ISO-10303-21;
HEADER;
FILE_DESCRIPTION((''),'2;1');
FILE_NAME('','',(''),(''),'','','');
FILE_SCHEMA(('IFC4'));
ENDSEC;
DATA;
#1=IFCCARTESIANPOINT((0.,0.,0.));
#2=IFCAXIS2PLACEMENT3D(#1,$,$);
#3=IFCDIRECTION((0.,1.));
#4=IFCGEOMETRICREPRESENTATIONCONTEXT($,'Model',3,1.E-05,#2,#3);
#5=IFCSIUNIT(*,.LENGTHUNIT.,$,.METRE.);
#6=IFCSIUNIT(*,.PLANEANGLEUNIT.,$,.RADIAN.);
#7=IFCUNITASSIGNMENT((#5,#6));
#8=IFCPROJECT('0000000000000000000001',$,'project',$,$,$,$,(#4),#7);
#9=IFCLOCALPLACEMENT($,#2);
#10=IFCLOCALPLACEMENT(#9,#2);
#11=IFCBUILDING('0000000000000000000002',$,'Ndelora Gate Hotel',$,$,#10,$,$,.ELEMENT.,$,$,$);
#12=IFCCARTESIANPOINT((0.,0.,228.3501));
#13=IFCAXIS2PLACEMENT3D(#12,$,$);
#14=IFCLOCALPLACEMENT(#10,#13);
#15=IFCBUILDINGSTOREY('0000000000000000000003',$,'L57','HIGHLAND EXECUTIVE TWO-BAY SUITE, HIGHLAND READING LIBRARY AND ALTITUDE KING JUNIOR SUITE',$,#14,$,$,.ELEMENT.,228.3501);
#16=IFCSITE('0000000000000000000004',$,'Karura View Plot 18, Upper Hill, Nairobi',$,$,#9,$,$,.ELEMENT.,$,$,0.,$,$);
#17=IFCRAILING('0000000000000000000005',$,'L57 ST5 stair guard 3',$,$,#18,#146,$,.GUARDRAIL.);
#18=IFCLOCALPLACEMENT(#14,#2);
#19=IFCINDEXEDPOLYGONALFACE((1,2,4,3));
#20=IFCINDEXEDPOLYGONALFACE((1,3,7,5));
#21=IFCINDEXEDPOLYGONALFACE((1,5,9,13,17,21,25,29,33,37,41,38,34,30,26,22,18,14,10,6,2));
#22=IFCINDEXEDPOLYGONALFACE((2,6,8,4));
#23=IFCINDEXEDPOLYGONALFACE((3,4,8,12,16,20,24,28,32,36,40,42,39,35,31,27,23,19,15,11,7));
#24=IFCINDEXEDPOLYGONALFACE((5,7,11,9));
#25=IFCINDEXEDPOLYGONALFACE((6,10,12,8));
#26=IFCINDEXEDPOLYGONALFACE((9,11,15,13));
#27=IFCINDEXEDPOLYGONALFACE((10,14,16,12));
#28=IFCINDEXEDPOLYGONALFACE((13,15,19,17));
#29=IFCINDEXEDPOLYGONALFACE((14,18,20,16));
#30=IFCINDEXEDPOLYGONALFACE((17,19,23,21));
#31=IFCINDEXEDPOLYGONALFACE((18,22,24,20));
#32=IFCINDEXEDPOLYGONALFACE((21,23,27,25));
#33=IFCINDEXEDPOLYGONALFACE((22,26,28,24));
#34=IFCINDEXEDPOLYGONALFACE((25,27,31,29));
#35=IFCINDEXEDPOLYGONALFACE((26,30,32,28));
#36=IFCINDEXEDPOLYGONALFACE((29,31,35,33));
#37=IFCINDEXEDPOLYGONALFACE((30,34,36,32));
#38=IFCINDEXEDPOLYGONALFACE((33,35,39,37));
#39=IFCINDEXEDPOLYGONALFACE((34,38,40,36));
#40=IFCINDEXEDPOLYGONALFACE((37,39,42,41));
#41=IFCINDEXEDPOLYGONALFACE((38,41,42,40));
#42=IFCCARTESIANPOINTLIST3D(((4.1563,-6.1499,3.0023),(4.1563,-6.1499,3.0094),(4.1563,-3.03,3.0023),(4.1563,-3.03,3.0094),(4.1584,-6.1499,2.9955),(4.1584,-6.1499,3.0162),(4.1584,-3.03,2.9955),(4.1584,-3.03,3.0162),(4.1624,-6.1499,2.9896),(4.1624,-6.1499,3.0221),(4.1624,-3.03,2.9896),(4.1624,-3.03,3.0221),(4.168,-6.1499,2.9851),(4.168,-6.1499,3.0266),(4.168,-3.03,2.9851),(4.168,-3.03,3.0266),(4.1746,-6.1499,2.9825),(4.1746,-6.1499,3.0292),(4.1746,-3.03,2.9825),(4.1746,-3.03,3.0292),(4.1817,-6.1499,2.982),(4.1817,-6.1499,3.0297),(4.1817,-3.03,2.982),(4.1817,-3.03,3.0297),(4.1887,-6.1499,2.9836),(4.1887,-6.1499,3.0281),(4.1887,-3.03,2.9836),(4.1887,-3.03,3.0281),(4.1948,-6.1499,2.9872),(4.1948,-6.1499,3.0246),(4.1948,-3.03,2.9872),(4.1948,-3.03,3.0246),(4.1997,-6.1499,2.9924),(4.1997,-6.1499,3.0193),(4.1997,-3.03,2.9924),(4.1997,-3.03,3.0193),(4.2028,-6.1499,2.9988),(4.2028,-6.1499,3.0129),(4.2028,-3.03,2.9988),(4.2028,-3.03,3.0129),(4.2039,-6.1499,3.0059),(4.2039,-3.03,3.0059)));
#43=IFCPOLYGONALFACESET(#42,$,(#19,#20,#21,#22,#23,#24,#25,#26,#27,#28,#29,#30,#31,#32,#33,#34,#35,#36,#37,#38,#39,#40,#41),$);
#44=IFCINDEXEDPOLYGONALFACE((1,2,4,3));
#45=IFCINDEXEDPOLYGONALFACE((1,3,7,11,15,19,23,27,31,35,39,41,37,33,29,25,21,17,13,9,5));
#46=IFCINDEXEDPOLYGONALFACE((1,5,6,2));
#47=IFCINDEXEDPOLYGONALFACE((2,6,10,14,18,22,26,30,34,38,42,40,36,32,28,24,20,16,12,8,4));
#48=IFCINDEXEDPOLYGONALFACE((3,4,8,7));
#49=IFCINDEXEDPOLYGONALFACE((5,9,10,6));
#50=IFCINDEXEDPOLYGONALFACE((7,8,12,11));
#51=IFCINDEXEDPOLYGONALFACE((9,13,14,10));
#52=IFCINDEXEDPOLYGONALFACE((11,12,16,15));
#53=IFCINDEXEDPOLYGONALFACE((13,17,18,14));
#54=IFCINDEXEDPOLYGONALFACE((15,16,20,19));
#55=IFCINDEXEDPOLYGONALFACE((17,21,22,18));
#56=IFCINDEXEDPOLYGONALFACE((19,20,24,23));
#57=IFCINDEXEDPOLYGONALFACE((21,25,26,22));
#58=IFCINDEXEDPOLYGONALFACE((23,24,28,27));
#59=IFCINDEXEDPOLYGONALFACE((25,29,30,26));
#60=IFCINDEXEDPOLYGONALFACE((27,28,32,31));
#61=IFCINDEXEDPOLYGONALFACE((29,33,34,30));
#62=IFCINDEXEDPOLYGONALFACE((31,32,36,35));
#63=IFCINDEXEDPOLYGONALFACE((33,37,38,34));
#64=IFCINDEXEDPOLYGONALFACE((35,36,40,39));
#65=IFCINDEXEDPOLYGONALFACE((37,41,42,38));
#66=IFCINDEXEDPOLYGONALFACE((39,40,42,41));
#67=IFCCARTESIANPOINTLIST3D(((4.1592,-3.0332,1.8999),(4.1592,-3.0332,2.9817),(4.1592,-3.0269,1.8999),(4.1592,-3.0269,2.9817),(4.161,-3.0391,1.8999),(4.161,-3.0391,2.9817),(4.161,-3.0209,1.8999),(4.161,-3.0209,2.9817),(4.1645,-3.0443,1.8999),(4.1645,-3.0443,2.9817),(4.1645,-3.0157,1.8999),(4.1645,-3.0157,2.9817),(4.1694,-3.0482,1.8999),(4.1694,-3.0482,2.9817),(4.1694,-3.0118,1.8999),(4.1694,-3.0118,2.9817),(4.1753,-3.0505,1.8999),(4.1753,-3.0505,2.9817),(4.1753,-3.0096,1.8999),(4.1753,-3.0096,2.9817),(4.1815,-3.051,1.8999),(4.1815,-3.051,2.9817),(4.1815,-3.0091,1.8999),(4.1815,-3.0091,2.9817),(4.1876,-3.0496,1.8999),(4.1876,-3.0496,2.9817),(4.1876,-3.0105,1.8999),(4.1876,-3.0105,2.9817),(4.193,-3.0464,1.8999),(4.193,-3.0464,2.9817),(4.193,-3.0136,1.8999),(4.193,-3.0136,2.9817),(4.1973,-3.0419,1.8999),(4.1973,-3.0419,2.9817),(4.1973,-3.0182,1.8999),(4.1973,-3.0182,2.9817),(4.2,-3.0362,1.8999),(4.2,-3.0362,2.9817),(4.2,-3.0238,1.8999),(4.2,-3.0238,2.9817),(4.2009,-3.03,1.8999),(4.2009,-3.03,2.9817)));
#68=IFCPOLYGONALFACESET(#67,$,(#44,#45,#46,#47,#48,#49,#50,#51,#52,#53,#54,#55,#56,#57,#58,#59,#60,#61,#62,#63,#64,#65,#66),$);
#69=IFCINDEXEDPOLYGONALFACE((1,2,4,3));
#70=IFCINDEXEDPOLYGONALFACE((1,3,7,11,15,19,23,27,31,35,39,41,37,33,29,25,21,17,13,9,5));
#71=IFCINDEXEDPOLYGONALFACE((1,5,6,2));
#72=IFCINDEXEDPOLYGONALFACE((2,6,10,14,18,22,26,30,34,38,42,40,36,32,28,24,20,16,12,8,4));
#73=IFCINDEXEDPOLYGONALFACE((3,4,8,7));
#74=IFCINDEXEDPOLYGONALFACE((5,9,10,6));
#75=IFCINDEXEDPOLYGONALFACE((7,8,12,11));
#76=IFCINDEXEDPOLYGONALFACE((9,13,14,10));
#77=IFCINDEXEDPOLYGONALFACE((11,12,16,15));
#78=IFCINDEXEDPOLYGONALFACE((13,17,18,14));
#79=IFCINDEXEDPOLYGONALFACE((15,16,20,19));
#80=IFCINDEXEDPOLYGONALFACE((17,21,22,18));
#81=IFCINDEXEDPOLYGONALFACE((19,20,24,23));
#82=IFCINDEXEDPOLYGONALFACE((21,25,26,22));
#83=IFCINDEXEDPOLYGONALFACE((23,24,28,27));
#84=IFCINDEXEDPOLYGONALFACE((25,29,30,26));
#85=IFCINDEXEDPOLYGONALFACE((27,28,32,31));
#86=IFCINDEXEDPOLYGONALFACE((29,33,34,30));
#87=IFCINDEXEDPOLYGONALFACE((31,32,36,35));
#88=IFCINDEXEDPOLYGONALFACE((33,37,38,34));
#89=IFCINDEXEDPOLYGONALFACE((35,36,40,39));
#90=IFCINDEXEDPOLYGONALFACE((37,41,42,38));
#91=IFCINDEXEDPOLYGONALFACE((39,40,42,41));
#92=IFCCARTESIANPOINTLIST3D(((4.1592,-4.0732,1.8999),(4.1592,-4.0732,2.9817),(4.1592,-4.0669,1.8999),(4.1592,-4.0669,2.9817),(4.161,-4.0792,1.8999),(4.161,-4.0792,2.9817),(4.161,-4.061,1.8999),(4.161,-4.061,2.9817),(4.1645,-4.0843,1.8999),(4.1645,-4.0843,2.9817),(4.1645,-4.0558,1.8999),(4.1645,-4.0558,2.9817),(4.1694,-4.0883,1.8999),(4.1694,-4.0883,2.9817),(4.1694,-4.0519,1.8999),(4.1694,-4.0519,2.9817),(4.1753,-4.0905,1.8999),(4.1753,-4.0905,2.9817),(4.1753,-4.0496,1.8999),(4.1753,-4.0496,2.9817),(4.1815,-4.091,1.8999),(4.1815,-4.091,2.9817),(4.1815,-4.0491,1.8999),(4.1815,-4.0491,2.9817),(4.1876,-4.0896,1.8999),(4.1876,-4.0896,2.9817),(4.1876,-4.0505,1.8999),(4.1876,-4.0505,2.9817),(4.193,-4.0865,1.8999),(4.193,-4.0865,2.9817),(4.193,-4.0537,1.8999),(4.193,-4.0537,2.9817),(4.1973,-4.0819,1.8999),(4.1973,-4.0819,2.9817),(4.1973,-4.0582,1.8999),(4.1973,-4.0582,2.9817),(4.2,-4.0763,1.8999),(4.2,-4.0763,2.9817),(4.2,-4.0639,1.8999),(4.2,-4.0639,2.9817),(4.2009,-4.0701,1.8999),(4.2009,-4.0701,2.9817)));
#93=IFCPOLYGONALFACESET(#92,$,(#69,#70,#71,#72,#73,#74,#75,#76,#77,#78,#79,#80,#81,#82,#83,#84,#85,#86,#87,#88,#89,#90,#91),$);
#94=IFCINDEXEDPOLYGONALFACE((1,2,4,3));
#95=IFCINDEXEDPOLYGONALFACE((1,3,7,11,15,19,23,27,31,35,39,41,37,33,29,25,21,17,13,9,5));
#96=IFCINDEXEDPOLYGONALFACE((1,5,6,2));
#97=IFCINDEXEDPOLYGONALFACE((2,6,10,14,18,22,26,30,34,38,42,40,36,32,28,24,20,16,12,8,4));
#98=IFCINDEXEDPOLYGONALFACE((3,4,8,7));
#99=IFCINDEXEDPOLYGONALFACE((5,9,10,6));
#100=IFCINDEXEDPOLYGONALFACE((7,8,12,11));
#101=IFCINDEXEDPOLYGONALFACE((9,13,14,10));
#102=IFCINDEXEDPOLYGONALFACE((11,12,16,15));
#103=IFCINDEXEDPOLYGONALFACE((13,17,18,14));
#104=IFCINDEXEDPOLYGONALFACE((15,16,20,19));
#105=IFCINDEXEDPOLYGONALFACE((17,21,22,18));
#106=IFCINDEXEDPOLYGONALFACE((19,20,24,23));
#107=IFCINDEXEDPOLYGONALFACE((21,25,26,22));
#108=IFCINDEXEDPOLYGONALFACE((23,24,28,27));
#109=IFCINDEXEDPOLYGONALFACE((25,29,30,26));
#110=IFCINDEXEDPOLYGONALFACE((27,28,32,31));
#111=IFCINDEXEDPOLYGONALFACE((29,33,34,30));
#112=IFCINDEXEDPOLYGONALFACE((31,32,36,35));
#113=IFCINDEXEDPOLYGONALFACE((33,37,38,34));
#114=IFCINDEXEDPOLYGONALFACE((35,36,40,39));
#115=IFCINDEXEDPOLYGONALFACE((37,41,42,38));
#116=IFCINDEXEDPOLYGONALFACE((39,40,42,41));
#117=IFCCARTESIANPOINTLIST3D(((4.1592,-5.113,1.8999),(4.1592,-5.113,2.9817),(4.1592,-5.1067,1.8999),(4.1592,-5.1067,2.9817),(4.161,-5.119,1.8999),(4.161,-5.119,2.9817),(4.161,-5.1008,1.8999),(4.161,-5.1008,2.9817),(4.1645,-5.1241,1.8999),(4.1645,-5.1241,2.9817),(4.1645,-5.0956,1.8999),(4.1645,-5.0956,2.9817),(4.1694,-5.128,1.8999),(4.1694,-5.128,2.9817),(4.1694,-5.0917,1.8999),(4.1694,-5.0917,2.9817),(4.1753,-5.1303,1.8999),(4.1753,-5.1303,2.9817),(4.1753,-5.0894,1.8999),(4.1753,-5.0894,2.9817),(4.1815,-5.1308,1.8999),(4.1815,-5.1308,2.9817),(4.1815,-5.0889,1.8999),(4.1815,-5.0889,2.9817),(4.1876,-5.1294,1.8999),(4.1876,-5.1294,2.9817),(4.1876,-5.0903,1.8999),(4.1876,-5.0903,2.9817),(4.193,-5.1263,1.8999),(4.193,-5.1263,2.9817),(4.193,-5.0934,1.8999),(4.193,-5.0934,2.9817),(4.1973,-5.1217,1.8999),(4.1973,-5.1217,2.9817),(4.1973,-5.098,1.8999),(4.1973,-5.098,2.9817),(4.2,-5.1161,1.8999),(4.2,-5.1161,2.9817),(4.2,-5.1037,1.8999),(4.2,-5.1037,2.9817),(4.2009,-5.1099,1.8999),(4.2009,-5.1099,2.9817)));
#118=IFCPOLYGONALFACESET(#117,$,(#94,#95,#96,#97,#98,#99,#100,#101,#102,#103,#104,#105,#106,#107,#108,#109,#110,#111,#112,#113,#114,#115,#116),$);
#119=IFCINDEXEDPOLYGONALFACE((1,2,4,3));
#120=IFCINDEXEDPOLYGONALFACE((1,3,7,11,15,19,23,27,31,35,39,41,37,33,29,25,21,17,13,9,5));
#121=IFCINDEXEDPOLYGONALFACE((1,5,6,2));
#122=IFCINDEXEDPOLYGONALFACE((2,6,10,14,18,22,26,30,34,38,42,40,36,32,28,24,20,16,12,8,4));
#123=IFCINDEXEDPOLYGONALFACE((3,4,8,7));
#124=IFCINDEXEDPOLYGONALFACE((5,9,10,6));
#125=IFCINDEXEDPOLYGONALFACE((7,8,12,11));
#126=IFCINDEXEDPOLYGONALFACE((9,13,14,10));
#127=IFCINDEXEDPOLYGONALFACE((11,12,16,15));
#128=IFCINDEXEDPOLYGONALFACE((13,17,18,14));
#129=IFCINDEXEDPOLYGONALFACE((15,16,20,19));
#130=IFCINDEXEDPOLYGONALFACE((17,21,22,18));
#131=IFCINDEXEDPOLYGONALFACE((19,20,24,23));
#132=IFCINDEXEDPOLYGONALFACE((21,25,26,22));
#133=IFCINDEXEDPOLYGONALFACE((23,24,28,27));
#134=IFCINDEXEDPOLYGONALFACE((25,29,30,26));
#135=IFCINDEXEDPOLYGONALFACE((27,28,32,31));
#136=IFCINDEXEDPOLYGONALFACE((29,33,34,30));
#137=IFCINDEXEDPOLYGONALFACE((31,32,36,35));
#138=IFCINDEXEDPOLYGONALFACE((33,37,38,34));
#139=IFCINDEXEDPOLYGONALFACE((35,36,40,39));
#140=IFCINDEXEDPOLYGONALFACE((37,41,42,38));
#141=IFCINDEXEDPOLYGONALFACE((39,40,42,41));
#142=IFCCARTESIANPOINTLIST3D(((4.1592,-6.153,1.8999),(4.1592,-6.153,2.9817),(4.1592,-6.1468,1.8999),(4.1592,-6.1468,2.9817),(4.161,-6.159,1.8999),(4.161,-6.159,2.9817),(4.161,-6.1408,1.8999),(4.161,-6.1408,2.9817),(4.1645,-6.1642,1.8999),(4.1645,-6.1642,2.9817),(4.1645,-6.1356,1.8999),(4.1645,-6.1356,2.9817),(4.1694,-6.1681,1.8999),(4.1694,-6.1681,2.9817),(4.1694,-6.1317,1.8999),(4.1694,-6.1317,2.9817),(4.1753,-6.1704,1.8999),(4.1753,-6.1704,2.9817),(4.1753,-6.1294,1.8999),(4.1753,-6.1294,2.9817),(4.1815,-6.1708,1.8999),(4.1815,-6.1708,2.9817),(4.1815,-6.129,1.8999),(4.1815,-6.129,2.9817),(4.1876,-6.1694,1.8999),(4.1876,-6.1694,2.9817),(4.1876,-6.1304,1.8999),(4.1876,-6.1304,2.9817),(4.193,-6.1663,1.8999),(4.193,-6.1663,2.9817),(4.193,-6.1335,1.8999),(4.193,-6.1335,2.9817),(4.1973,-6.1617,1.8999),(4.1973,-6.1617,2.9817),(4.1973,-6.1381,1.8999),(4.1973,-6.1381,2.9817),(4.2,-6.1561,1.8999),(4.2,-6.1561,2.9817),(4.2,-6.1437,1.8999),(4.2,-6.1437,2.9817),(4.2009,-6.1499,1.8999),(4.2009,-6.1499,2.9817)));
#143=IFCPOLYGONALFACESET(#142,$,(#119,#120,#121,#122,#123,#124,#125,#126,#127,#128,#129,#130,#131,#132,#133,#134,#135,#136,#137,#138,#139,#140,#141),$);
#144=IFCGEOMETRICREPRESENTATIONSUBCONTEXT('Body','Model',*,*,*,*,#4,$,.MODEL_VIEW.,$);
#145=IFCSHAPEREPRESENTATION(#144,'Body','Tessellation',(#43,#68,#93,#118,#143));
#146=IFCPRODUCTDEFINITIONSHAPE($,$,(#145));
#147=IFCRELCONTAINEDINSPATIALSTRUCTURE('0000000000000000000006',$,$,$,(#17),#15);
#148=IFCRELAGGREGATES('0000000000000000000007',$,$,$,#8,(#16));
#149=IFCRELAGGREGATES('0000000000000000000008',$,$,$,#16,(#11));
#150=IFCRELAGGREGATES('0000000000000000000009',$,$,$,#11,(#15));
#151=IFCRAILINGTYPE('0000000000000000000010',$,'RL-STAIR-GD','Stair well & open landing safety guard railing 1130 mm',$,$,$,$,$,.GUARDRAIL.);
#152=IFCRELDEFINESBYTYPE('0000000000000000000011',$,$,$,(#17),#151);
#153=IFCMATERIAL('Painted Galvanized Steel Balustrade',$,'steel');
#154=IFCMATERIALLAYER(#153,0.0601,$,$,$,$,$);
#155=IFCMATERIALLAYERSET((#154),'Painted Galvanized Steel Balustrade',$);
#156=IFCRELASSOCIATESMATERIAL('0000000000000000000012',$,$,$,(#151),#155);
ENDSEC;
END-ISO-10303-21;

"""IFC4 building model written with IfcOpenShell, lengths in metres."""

from ifc_helpers import new_model, si_unit, direction, frame, origin, origin_2d, place, context, subcontext, project, spatial, circle, extrude, material, layer, layer_set, type_object, element, save


model = new_model("IFC4")

# Units and contexts
model_context = context("Model", 3, precision=1e-05, world=origin(), true_north=direction((0.0, 1.0)))
body_context = subcontext(model_context, "Body", "Model", "MODEL_VIEW")
ifc_project = project(units=[si_unit("LENGTHUNIT", "METRE"), si_unit("PLANEANGLEUNIT", "RADIAN")], contexts=[model_context])

# Site, building, storey
site_placement = place(None, origin())
site = spatial("IfcSite", under=ifc_project, at=site_placement, Name="Karura View Plot 18, Upper Hill, Nairobi", CompositionType="ELEMENT", RefElevation=0.0)
building_placement = place(site_placement, origin())
building = spatial("IfcBuilding", under=site, at=building_placement, Name="Ndelora Gate Hotel", CompositionType="ELEMENT")
storey_placement = place(building_placement, frame((0.0, 0.0, 228.3501)))
storey = spatial("IfcBuildingStorey", under=building, at=storey_placement, Name="L57", Description="HIGHLAND EXECUTIVE TWO-BAY SUITE, HIGHLAND READING LIBRARY AND ALTITUDE KING JUNIOR SUITE", CompositionType="ELEMENT", Elevation=228.3501)

# Railing
ifc_material_1 = material(Name="Painted Galvanized Steel Balustrade", Category="steel")
ifc_layer_1 = layer(ifc_material_1, 0.0601)
ifc_layer_set_1 = layer_set([ifc_layer_1], Name="Painted Galvanized Steel Balustrade")
railing_type_1 = type_object("IfcRailingType", Name="RL-STAIR-GD", Description="Stair well & open landing safety guard railing 1130 mm", PredefinedType="GUARDRAIL", material=ifc_layer_set_1)
for number, where, name in (
    (1, (4.1799, -3.03, 1.8999), "L57 ST5 stair guard 3"),
):
    element("IfcRailing", number, at=place(storey_placement, frame(where)), inside=storey, type_object=railing_type_1, Name=name, PredefinedType="GUARDRAIL", context=body_context, shape_type="SweptSolid", body=[
        extrude(circle(Radius=0.0239, at=origin_2d()), frame((0.0, 0.0, 1.106), z_axis=(0.0, -1.0, 0.0), x_axis=(1.0, 0.0, 0.0)), (0.0, 0.0, 1.0), 3.1199),
        extrude(circle(Radius=0.021, at=origin_2d()), origin(), (0.0, 0.0, 1.0), 1.0818),
        extrude(circle(Radius=0.021, at=origin_2d()), frame((0.0, -1.04, 0.0)), (0.0, 0.0, 1.0), 1.0818),
        extrude(circle(Radius=0.021, at=origin_2d()), frame((0.0, -2.0798, 0.0)), (0.0, 0.0, 1.0), 1.0818),
        extrude(circle(Radius=0.021, at=origin_2d()), frame((0.0, -3.1199, 0.0)), (0.0, 0.0, 1.0), 1.0818),
    ])

save(model, "model.ifc")
